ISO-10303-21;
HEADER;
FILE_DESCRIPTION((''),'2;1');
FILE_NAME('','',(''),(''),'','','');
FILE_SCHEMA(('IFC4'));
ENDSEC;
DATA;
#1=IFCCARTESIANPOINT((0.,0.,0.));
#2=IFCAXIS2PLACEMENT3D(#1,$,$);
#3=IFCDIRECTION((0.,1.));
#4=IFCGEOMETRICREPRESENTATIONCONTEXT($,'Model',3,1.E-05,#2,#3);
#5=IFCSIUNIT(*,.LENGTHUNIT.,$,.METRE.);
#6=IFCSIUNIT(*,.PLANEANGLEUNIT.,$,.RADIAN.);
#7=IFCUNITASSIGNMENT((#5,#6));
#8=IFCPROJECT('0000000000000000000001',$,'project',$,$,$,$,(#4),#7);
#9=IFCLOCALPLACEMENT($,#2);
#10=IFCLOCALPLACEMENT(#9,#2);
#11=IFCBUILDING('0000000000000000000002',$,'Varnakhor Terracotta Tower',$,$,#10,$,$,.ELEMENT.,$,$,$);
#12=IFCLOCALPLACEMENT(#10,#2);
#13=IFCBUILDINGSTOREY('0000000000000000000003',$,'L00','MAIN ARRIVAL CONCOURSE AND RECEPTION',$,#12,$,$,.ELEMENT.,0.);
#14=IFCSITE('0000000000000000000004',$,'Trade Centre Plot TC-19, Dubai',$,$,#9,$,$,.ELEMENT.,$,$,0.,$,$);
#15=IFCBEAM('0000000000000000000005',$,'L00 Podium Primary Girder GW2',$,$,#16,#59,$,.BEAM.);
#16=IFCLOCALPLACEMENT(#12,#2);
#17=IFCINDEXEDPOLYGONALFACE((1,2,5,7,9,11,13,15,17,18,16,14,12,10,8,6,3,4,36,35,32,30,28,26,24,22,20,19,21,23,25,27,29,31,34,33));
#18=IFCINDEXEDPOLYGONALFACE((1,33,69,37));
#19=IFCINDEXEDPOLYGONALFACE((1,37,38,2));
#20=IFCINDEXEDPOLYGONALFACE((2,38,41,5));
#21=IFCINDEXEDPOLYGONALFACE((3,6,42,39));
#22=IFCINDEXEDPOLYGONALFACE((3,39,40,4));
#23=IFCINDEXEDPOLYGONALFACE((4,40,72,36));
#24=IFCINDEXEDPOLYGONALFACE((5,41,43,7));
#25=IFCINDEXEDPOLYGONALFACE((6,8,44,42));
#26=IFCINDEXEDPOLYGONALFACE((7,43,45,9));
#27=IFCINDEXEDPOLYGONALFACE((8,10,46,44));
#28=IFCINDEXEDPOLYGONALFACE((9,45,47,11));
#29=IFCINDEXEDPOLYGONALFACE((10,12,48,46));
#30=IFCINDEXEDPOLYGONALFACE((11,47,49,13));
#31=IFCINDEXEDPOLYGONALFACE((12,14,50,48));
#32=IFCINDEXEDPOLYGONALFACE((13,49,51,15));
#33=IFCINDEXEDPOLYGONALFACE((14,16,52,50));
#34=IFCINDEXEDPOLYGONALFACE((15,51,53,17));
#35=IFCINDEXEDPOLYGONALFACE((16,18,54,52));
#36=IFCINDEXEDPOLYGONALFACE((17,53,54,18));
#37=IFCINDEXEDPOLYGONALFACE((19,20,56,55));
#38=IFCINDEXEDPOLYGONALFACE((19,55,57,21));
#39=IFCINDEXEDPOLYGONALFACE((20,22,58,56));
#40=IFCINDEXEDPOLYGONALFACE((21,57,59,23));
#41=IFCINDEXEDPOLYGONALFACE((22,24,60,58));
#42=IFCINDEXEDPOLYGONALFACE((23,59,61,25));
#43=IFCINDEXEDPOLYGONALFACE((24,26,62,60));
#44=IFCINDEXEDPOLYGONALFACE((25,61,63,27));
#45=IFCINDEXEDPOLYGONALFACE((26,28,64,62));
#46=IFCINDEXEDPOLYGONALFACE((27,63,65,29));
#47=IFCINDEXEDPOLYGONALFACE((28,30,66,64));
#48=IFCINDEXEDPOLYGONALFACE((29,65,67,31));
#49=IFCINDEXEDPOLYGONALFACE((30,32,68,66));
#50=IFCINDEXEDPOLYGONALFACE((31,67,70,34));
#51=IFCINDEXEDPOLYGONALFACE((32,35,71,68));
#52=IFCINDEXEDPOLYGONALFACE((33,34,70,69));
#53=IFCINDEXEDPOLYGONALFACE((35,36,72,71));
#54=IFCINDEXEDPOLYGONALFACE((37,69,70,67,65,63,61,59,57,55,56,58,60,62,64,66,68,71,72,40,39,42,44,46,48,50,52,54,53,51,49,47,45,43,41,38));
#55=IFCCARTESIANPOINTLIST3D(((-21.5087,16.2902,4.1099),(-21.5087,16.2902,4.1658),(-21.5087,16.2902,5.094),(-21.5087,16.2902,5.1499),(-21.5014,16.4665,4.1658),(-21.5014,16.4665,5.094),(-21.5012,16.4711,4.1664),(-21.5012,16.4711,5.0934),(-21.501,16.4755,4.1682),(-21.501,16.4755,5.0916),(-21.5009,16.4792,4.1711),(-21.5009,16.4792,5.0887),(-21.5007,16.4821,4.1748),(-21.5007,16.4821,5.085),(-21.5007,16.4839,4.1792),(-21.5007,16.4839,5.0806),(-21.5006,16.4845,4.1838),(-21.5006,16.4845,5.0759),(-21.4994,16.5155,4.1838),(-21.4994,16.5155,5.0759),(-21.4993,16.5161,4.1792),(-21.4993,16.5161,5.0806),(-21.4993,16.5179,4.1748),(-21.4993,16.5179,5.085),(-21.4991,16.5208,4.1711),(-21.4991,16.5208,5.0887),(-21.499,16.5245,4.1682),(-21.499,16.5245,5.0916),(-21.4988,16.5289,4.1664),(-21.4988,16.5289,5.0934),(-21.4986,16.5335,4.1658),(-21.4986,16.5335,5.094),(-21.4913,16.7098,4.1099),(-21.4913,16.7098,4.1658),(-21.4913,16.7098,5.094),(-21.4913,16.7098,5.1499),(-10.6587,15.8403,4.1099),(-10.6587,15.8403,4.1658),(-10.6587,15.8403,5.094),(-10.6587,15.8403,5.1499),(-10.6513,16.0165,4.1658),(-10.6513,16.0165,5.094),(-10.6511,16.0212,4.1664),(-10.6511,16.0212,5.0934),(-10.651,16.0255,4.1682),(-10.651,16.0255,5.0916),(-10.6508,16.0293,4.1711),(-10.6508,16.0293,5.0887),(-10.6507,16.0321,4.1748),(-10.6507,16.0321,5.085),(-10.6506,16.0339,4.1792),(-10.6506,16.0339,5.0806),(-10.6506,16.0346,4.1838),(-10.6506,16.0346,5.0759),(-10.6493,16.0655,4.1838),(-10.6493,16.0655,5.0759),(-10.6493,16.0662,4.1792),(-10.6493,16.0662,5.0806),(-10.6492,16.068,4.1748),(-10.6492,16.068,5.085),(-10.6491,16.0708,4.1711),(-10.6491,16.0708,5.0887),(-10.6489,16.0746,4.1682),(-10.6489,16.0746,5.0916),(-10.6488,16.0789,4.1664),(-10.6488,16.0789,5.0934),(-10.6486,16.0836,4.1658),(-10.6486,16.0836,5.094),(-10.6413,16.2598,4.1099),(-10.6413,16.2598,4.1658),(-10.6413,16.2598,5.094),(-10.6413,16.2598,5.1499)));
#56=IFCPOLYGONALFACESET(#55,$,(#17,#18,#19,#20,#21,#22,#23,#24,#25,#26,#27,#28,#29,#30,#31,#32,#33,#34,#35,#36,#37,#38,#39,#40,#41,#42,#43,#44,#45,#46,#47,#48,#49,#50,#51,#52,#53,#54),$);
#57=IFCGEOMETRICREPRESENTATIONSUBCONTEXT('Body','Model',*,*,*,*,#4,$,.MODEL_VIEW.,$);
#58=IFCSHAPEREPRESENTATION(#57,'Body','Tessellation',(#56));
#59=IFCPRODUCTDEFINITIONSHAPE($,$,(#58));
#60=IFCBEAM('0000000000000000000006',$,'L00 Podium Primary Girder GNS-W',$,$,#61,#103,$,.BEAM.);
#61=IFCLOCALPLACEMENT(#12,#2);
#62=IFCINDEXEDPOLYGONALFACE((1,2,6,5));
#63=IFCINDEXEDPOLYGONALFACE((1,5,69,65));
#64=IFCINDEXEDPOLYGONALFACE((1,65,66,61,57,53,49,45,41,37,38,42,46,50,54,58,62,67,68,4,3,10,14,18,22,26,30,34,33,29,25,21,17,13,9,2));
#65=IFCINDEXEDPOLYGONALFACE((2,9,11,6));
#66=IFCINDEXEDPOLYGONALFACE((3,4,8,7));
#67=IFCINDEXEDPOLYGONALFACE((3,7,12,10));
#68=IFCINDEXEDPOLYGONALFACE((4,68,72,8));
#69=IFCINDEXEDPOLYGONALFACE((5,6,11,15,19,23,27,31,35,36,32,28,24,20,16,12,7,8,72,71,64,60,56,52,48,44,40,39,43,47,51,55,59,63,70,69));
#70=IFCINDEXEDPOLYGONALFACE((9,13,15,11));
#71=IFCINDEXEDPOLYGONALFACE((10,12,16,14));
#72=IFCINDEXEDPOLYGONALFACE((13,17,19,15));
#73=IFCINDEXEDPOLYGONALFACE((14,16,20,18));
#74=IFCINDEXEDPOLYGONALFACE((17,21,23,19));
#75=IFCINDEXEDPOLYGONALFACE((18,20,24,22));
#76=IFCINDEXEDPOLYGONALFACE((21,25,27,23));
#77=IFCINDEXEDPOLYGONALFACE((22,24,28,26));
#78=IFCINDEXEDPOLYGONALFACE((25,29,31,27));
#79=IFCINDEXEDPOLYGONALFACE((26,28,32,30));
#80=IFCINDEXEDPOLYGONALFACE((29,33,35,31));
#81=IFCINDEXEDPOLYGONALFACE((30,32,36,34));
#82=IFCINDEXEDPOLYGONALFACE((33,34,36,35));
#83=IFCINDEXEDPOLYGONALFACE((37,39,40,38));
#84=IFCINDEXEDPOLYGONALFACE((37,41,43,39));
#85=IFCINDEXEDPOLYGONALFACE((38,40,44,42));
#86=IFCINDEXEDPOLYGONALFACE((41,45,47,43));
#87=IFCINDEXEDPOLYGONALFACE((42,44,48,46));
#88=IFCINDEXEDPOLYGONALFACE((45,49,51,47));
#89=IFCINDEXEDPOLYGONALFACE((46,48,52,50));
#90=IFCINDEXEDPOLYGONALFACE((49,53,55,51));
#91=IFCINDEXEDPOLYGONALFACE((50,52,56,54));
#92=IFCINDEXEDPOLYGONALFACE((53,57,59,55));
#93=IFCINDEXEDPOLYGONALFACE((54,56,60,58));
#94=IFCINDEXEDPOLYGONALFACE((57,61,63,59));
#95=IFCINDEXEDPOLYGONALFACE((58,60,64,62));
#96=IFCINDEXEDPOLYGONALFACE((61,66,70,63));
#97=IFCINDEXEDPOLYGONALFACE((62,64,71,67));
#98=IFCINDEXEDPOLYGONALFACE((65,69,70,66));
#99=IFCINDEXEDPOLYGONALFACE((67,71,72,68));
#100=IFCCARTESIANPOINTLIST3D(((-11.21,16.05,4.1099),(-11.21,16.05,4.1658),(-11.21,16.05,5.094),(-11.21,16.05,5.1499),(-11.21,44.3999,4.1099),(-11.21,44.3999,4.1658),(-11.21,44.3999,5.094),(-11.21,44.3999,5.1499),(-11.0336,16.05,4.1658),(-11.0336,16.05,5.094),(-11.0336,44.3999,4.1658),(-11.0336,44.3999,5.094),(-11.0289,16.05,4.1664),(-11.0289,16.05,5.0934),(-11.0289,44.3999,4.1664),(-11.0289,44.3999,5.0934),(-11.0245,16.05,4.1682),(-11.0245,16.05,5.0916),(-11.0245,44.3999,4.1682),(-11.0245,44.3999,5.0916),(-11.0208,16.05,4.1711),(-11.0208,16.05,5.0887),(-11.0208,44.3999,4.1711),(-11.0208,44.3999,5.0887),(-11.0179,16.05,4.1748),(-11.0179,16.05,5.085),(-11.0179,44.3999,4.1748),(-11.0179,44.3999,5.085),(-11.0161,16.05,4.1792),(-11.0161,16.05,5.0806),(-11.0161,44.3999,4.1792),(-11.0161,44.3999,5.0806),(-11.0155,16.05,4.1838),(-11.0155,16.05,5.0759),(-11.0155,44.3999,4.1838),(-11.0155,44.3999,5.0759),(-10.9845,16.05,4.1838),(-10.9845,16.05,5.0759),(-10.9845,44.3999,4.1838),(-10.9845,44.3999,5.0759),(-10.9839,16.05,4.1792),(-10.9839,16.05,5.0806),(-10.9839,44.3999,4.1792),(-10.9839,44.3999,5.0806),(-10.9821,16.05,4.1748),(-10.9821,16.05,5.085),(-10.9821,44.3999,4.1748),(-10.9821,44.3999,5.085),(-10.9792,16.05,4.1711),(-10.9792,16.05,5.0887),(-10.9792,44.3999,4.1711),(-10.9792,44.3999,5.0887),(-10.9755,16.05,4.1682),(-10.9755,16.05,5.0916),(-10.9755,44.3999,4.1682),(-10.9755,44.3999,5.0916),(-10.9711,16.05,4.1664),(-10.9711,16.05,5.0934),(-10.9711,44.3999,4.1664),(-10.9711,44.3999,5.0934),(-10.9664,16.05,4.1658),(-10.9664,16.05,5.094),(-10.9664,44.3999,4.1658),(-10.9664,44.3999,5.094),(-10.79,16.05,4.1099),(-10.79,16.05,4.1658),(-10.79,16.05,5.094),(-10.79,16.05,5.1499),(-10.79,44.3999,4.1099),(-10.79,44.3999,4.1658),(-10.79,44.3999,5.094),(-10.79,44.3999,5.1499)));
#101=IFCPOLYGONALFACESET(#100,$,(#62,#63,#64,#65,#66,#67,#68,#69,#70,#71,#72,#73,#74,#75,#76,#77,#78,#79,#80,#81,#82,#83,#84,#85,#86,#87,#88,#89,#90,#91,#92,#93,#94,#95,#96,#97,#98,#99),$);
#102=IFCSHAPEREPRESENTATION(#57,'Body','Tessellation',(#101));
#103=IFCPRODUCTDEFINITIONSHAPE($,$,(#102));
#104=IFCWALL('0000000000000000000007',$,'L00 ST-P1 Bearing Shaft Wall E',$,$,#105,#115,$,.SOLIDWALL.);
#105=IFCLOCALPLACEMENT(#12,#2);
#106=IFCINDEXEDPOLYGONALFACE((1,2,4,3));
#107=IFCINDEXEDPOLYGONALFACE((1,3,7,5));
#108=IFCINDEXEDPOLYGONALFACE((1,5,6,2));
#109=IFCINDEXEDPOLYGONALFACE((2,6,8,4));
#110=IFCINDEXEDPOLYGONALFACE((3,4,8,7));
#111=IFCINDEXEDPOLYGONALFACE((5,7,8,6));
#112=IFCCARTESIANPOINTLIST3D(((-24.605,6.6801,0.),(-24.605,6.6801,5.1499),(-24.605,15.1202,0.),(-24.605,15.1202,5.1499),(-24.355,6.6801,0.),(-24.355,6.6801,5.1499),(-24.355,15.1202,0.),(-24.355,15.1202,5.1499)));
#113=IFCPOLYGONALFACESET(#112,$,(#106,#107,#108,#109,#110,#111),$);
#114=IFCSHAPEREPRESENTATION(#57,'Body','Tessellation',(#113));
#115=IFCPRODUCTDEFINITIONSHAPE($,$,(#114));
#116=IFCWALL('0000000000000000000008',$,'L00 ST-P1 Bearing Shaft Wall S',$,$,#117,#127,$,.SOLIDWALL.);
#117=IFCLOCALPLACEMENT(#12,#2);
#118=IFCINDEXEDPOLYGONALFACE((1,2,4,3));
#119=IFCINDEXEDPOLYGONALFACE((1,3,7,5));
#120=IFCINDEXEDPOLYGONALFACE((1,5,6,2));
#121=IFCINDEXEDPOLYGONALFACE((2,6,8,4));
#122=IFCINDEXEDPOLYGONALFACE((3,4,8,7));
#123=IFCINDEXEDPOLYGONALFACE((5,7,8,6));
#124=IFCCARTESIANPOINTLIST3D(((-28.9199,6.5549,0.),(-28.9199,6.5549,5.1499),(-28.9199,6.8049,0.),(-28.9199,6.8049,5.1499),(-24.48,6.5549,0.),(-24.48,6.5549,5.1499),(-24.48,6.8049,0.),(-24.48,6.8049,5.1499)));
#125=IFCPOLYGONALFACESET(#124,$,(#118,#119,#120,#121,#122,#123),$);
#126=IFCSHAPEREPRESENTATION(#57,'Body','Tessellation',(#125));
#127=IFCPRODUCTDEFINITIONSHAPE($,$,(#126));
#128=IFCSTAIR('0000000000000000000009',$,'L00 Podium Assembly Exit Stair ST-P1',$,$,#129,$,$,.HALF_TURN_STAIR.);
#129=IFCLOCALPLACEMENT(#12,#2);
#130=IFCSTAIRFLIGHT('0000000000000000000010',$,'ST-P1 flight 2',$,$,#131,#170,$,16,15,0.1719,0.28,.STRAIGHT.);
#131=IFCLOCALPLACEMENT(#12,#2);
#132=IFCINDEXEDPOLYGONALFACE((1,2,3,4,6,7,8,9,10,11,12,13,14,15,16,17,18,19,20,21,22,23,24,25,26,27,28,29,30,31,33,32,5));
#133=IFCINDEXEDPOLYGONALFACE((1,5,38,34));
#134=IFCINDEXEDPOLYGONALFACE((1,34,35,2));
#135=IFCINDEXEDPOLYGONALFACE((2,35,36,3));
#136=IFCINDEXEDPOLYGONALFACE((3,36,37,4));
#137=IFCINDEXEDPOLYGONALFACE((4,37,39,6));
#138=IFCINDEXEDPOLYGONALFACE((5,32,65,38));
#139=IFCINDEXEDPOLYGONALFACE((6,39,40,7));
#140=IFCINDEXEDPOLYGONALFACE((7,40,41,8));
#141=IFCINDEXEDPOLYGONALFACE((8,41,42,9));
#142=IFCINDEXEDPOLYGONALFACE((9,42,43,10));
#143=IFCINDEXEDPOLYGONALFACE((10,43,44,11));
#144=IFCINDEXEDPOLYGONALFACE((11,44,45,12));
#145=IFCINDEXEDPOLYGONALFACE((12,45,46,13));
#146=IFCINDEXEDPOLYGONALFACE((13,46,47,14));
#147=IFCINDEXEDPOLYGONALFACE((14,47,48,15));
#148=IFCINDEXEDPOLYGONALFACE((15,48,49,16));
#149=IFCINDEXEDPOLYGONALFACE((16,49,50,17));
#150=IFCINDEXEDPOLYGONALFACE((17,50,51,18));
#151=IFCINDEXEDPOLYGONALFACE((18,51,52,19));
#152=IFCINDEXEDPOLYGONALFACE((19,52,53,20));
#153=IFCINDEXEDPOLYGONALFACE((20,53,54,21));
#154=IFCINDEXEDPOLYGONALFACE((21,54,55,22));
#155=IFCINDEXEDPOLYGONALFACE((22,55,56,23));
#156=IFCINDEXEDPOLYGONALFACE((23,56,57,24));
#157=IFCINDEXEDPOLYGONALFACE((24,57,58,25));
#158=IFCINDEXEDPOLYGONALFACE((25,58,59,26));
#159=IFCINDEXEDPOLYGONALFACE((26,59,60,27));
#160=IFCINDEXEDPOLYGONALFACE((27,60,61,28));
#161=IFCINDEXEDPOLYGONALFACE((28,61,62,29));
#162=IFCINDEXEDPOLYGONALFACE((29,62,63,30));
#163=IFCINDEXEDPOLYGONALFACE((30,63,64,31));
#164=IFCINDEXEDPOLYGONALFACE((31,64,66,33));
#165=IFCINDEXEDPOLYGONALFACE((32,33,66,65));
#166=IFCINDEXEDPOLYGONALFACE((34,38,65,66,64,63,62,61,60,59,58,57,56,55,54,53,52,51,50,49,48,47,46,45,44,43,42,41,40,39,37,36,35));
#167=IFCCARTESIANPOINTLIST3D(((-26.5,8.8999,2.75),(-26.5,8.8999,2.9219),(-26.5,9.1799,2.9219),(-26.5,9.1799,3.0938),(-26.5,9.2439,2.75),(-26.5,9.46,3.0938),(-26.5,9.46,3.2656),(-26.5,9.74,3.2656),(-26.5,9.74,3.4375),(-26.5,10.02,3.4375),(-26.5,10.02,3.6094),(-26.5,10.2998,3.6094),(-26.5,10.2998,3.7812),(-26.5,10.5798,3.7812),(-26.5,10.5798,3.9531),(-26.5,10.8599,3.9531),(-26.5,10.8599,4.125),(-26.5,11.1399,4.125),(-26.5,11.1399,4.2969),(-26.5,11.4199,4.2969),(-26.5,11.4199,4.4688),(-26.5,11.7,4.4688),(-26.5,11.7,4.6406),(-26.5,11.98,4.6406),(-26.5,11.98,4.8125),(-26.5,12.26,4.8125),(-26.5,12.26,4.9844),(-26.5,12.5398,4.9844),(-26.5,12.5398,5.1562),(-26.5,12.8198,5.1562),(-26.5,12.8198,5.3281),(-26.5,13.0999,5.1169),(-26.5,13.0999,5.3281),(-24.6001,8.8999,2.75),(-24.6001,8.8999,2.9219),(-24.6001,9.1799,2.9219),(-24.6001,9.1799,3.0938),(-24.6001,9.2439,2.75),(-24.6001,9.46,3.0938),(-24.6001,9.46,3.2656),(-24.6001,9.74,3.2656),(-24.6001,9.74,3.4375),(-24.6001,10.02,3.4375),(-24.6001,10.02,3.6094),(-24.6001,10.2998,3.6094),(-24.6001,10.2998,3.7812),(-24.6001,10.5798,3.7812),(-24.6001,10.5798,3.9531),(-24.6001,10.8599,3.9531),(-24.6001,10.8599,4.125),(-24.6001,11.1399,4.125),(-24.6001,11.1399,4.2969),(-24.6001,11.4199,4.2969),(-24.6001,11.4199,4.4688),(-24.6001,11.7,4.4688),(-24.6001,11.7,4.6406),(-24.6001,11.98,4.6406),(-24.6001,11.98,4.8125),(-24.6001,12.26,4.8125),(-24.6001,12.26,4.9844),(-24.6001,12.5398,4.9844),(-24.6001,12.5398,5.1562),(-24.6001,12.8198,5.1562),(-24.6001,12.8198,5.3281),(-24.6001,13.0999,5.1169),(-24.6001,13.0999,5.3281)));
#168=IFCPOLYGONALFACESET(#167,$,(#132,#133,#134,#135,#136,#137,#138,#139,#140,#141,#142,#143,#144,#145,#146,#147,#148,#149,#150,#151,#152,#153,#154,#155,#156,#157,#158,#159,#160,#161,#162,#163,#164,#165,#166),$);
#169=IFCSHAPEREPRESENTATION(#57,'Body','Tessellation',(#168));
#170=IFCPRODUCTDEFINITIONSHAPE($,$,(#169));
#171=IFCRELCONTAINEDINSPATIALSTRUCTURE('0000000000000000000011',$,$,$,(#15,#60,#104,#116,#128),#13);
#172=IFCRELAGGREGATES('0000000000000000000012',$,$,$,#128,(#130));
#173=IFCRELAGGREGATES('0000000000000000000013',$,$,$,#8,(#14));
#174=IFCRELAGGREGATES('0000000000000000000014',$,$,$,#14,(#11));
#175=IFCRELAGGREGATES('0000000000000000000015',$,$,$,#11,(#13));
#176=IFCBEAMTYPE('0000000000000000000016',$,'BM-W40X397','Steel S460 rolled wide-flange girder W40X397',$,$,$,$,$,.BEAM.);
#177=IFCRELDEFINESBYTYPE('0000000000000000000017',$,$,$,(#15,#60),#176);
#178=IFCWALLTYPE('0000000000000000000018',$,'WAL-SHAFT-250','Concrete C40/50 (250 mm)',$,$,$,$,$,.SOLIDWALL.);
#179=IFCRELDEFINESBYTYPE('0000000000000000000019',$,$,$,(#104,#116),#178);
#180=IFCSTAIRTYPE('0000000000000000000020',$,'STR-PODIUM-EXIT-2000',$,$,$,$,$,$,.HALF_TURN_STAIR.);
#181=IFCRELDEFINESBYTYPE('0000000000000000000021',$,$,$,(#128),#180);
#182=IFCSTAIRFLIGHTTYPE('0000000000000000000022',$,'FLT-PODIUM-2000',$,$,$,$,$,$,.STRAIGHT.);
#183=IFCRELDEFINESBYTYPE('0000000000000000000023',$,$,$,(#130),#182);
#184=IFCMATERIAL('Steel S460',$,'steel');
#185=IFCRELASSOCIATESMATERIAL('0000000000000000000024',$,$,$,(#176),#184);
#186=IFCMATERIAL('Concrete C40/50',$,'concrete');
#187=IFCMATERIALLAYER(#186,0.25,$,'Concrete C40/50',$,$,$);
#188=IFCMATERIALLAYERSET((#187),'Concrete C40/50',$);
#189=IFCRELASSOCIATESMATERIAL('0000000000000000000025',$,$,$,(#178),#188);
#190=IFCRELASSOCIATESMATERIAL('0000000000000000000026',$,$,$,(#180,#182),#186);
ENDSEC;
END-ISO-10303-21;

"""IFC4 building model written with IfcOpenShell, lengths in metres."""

from ifc_helpers import new_model, si_unit, direction, frame, frame_2d, origin, origin_2d, place, context, subcontext, project, spatial, polyline, rectangle, i_section, outline, extrude, source, transform, mapped, material, layer, layer_set, material_profile, profile_set, type_object, element, aggregate, save


model = new_model("IFC4")

# Units and contexts
model_context = context("Model", 3, precision=1e-05, world=origin(), true_north=direction((0.0, 1.0)))
body_context = subcontext(model_context, "Body", "Model", "MODEL_VIEW")
ifc_project = project(units=[si_unit("LENGTHUNIT", "METRE"), si_unit("PLANEANGLEUNIT", "RADIAN")], contexts=[model_context])

# Site, building, storey
site_placement = place(None, origin())
site = spatial("IfcSite", under=ifc_project, at=site_placement, Name="Trade Centre Plot TC-19, Dubai", CompositionType="ELEMENT", RefElevation=0.0)
building_placement = place(site_placement, origin())
building = spatial("IfcBuilding", under=site, at=building_placement, Name="Varnakhor Terracotta Tower", CompositionType="ELEMENT")
storey_placement = place(building_placement, origin())
storey = spatial("IfcBuildingStorey", under=building, at=storey_placement, Name="L00", Description="MAIN ARRIVAL CONCOURSE AND RECEPTION", CompositionType="ELEMENT", Elevation=0.0)

# Shared definitions
ifc_material_1 = material(Name="Concrete C40/50", Category="concrete")

# Shared definitions
ifc_material_2 = material(Name="Steel S460", Category="steel")

# Beams
ifc_material_profile_1 = material_profile(ifc_material_2, i_section(OverallWidth=0.4199, OverallDepth=1.04, WebThickness=0.031, FlangeThickness=0.0559, FilletRadius=0.0181, at=origin_2d()), Name="W40X397")
ifc_profile_set_1 = profile_set([ifc_material_profile_1], Name="Steel S460")
beam_type_1 = type_object("IfcBeamType", Name="BM-W40X397", Description="Steel S460 rolled wide-flange girder W40X397", PredefinedType="BEAM", material=ifc_profile_set_1)
shared_shape_1 = source(origin(), body_context, "Body", "SweptSolid", [
    extrude(i_section(OverallWidth=0.4199, OverallDepth=1.04, WebThickness=0.031, FlangeThickness=0.0559, FilletRadius=0.0181, at=origin_2d()), origin(), (0.0, 0.0, 1.0), 10.8594),
])
beam_1_placement = place(storey_placement, frame((-21.5, 16.5, 4.6299), z_axis=(0.999141, -0.041434, 0.0), x_axis=(0.041434, 0.999141, 0.0)))
element("IfcBeam", 1, at=beam_1_placement, inside=storey, type_object=beam_type_1, Name="L00 Podium Primary Girder GW2", PredefinedType="BEAM", context=body_context, shape_type="MappedRepresentation", body=[
    mapped(shared_shape_1, transform((0.0, 0.0, 0.0), scale=1.0)),
])
shared_shape_2 = source(origin(), body_context, "Body", "SweptSolid", [
    extrude(i_section(OverallWidth=0.4199, OverallDepth=1.04, WebThickness=0.031, FlangeThickness=0.0559, FilletRadius=0.0181, at=origin_2d()), origin(), (0.0, 0.0, 1.0), 28.3499),
])
beam_2_placement = place(storey_placement, frame((-11.0, 16.05, 4.6299), z_axis=(0.0, 1.0, 0.0), x_axis=(-1.0, 0.0, 0.0)))
element("IfcBeam", 2, at=beam_2_placement, inside=storey, type_object=beam_type_1, Name="L00 Podium Primary Girder GNS-W", PredefinedType="BEAM", context=body_context, shape_type="MappedRepresentation", body=[
    mapped(shared_shape_2, transform((0.0, 0.0, 0.0), scale=1.0)),
])

# Walls
ifc_layer_1 = layer(ifc_material_1, 0.25, Name="Concrete C40/50")
ifc_layer_set_1 = layer_set([ifc_layer_1], Name="Concrete C40/50")
wall_type_1 = type_object("IfcWallType", Name="WAL-SHAFT-250", Description="Concrete C40/50 (250 mm)", PredefinedType="SOLIDWALL", material=ifc_layer_set_1)
wall_1_placement = place(storey_placement, frame((-24.48, 6.6799, 0.0), z_axis=(0.0, 0.0, 1.0), x_axis=(0.0, 1.0, 0.0)))
element("IfcWall", 3, at=wall_1_placement, inside=storey, type_object=wall_type_1, Name="L00 ST-P1 Bearing Shaft Wall E", PredefinedType="SOLIDWALL", context=body_context, shape_type="SweptSolid", body=[
    extrude(rectangle(XDim=8.4402, YDim=0.25, at=frame_2d((4.2202, 0.0))), origin(), (0.0, 0.0, 1.0), 5.1499),
])
wall_2_placement = place(storey_placement, frame((-24.48, 6.6799, 0.0), z_axis=(0.0, 0.0, 1.0), x_axis=(-1.0, 0.0, 0.0)))
element("IfcWall", 4, at=wall_2_placement, inside=storey, type_object=wall_type_1, Name="L00 ST-P1 Bearing Shaft Wall S", PredefinedType="SOLIDWALL", context=body_context, shape_type="SweptSolid", body=[
    extrude(rectangle(XDim=4.4399, YDim=0.25, at=frame_2d((2.22, 0.0))), origin(), (0.0, 0.0, 1.0), 5.1499),
])

# Stair, stair flight
stair_type = type_object("IfcStairType", Name="STR-PODIUM-EXIT-2000", PredefinedType="HALF_TURN_STAIR", material=ifc_material_1)
stair_placement = place(storey_placement, origin())
stair = element("IfcStair", 5, at=stair_placement, inside=storey, type_object=stair_type, Name="L00 Podium Assembly Exit Stair ST-P1", PredefinedType="HALF_TURN_STAIR")
stair_flight_type = type_object("IfcStairFlightType", Name="FLT-PODIUM-2000", PredefinedType="STRAIGHT", material=ifc_material_1)
stair_flight_placement = place(storey_placement, frame((-25.55, 8.8999, 2.75), z_axis=(0.0, 0.0, 1.0), x_axis=(0.0, 1.0, 0.0)))
stair_flight = element("IfcStairFlight", 6, at=stair_flight_placement, type_object=stair_flight_type, Name="ST-P1 flight 2", NumberOfRisers=16, NumberOfTreads=15, PredefinedType="STRAIGHT", RiserHeight=0.1719, TreadLength=0.28, context=body_context, shape_type="SweptSolid", body=[
    extrude(outline(polyline([(0.0, 0.0), (0.0, 0.1719), (0.28, 0.1719), (0.28, 0.3438), (0.5601, 0.3438), (0.5601, 0.5156), (0.8401, 0.5156), (0.8401, 0.6875), (1.1201, 0.6875), (1.1201, 0.8594), (1.3999, 0.8594), (1.3999, 1.0312), (1.6799, 1.0312), (1.6799, 1.2031), (1.96, 1.2031), (1.96, 1.375), (2.24, 1.375), (2.24, 1.5469), (2.52, 1.5469), (2.52, 1.7188), (2.8, 1.7188), (2.8, 1.8906), (3.0801, 1.8906), (3.0801, 2.0625), (3.3601, 2.0625), (3.3601, 2.2344), (3.6399, 2.2344), (3.6399, 2.4062), (3.9199, 2.4062), (3.9199, 2.5781), (4.2, 2.5781), (4.2, 2.75), (4.2, 2.3669), (0.344, 0.0), (0.0, 0.0)])), frame((0.0, 0.95, 0.0), z_axis=(0.0, -1.0, 0.0), x_axis=(1.0, 0.0, 0.0)), (0.0, 0.0, 1.0), 1.8999),
])
aggregate(stair, [stair_flight])

save(model, "model.ifc")
